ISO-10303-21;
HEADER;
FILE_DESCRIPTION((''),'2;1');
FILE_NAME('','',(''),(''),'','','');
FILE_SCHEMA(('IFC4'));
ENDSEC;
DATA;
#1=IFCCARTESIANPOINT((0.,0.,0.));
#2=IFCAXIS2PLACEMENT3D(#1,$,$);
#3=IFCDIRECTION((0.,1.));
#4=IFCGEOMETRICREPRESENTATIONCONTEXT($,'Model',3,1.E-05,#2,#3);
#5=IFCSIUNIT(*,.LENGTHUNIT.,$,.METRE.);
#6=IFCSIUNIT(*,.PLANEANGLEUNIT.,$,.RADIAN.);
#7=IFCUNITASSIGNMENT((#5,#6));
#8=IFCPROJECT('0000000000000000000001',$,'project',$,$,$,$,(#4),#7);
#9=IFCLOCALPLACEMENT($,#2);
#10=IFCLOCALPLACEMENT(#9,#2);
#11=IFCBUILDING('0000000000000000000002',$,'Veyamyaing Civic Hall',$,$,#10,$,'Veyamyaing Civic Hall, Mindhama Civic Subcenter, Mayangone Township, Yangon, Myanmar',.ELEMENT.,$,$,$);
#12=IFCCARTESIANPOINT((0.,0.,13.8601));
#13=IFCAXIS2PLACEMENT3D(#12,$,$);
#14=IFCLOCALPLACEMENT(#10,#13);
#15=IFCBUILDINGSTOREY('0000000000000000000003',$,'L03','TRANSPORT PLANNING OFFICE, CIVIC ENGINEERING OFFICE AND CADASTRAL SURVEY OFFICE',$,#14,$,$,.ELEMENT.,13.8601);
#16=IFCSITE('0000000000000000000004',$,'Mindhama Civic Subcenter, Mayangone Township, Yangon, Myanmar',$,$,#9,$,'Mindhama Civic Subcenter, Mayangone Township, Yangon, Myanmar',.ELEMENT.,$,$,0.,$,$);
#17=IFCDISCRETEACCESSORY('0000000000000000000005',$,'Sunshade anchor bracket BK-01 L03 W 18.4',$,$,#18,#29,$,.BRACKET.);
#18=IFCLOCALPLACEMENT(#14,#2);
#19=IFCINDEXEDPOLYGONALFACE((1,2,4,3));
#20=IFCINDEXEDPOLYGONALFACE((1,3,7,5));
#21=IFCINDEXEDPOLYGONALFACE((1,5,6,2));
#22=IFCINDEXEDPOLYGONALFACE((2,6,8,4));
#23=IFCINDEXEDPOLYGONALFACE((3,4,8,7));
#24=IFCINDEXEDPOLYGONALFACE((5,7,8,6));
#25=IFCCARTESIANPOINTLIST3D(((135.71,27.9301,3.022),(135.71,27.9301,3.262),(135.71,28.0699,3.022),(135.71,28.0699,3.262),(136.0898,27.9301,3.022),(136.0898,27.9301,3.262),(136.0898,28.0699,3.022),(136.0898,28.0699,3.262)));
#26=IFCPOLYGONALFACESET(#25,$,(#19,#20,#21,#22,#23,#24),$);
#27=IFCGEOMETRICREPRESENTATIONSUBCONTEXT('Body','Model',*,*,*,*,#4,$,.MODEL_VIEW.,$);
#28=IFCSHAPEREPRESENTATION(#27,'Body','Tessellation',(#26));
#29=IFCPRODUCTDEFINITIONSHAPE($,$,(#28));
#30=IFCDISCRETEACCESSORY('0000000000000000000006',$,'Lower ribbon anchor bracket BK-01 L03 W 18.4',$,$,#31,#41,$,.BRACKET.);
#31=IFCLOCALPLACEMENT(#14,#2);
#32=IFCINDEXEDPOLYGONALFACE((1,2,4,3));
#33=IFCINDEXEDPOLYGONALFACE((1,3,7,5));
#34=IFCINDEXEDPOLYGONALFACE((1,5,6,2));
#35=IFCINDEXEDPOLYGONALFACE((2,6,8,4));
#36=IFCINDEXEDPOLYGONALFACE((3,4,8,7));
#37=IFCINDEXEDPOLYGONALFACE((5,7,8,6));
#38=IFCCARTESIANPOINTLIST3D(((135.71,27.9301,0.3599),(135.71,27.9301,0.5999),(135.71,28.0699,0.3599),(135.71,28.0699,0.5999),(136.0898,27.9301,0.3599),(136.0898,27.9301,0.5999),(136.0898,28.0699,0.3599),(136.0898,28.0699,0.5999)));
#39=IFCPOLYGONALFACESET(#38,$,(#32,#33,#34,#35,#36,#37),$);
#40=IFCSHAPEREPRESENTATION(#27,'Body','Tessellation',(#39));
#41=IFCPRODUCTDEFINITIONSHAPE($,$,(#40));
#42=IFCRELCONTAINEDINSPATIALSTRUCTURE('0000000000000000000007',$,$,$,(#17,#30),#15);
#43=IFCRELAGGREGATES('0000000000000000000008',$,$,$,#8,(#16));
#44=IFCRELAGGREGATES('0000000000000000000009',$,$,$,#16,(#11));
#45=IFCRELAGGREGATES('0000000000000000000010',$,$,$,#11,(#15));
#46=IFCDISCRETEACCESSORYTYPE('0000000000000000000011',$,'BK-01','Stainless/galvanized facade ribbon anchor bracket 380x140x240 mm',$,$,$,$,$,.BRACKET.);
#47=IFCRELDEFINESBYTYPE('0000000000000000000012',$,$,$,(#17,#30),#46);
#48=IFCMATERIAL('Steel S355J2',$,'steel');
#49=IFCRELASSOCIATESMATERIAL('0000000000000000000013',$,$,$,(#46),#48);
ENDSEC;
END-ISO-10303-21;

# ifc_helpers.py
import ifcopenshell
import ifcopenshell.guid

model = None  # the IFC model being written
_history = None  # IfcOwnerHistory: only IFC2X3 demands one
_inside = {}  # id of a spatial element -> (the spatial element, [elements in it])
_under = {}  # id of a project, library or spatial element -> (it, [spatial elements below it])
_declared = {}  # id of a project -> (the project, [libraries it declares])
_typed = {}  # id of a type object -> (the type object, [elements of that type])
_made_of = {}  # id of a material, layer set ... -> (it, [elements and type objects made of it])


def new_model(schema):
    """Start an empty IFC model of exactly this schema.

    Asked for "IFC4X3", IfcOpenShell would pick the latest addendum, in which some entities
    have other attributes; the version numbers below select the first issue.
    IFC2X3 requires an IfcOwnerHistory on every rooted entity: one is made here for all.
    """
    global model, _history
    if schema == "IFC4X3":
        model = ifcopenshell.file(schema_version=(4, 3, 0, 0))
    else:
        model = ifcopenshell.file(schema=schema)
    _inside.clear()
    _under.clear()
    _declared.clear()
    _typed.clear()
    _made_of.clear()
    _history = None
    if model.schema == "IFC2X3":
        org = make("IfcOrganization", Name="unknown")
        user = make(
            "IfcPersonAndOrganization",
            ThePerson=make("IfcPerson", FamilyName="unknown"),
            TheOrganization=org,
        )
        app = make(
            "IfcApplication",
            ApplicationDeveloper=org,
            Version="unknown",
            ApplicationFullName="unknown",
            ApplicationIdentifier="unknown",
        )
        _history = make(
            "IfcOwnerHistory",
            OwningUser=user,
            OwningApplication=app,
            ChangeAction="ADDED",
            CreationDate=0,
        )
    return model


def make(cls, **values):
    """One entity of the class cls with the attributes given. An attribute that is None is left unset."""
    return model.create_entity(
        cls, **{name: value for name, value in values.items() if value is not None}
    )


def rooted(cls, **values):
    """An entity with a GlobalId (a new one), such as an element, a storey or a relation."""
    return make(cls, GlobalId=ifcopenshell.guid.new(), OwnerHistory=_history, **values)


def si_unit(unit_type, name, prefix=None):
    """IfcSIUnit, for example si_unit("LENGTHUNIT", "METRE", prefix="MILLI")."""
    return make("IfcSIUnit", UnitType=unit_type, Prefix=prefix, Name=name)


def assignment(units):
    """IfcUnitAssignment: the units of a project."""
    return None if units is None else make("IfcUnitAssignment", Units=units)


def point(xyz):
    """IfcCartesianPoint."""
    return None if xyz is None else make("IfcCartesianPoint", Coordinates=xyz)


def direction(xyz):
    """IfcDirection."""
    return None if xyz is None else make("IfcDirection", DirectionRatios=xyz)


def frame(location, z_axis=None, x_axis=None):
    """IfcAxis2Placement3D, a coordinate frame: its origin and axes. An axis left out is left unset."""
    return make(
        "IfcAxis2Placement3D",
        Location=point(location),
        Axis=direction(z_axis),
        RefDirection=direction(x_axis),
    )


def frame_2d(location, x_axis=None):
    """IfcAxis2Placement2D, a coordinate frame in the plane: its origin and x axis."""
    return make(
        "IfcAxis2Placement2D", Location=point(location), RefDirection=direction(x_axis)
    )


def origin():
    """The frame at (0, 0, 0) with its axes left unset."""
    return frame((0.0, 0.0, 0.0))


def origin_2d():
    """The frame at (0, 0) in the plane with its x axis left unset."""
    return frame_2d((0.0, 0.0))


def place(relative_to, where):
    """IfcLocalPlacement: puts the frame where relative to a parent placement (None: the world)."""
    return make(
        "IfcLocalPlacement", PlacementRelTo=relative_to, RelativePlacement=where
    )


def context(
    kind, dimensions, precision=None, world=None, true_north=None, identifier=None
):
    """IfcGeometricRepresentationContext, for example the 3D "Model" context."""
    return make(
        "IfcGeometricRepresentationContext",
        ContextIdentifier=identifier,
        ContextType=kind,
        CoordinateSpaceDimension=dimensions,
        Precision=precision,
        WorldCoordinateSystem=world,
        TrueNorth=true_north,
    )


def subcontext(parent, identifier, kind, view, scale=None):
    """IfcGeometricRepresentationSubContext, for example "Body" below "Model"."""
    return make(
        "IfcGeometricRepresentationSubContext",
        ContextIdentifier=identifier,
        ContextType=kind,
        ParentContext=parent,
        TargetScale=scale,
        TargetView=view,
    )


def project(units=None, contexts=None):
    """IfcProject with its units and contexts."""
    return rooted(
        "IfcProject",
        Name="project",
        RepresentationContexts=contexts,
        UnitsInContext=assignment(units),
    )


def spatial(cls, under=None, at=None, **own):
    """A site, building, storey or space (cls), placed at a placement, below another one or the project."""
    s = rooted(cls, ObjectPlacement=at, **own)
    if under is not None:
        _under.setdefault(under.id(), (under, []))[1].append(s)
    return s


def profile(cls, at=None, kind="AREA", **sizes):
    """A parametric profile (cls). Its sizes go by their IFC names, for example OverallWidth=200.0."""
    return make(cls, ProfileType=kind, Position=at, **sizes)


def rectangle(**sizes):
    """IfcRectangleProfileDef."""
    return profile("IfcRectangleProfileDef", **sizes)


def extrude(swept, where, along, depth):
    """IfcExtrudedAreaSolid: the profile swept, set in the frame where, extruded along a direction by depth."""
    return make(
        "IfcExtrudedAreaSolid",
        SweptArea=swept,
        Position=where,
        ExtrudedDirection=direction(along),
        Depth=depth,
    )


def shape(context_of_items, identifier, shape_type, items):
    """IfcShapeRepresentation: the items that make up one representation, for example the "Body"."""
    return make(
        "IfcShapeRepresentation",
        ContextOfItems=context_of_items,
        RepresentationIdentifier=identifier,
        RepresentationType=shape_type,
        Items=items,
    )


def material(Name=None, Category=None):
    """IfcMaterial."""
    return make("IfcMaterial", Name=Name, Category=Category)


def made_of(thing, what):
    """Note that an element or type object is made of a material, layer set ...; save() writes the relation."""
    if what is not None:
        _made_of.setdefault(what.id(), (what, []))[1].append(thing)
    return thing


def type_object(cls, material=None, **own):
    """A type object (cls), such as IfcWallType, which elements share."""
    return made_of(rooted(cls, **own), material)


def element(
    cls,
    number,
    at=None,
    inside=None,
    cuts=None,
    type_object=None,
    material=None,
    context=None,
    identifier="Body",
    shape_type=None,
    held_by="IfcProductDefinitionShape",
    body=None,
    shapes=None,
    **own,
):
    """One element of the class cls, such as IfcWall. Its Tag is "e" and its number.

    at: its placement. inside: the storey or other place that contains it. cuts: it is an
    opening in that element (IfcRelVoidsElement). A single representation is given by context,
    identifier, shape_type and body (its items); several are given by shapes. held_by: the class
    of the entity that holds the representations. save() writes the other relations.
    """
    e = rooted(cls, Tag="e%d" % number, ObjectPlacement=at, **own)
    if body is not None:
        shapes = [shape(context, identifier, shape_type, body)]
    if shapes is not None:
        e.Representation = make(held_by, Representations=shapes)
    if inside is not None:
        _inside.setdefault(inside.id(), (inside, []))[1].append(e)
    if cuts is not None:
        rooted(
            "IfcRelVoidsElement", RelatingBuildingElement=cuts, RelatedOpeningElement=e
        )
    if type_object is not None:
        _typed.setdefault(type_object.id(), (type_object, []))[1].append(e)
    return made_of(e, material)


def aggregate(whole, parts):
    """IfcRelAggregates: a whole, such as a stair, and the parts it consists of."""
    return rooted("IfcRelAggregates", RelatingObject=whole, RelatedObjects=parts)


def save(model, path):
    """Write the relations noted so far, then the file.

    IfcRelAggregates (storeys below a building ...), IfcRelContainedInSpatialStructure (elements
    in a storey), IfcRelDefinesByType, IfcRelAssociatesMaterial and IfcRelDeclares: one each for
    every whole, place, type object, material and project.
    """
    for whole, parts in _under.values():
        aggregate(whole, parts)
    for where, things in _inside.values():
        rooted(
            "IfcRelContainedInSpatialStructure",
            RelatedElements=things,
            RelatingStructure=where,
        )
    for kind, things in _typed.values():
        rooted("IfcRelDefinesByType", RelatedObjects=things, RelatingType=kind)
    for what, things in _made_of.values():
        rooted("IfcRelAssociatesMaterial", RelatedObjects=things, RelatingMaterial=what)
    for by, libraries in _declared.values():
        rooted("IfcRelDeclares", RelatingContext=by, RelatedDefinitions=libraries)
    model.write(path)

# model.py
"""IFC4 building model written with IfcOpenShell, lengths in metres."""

from ifc_helpers import new_model, si_unit, direction, frame, origin, origin_2d, place, context, subcontext, project, spatial, rectangle, extrude, material, type_object, element, save


model = new_model("IFC4")

# Units and contexts
model_context = context("Model", 3, precision=1e-05, world=origin(), true_north=direction((0.0, 1.0)))
body_context = subcontext(model_context, "Body", "Model", "MODEL_VIEW")
ifc_project = project(units=[si_unit("LENGTHUNIT", "METRE"), si_unit("PLANEANGLEUNIT", "RADIAN")], contexts=[model_context])

# Site, building, storey
site_placement = place(None, origin())
site = spatial("IfcSite", under=ifc_project, at=site_placement, Name="Mindhama Civic Subcenter, Mayangone Township, Yangon, Myanmar", LongName="Mindhama Civic Subcenter, Mayangone Township, Yangon, Myanmar", CompositionType="ELEMENT", RefElevation=0.0)
building_placement = place(site_placement, origin())
building = spatial("IfcBuilding", under=site, at=building_placement, Name="Veyamyaing Civic Hall", LongName="Veyamyaing Civic Hall, Mindhama Civic Subcenter, Mayangone Township, Yangon, Myanmar", CompositionType="ELEMENT")
storey_placement = place(building_placement, frame((0.0, 0.0, 13.8601)))
storey = spatial("IfcBuildingStorey", under=building, at=storey_placement, Name="L03", Description="TRANSPORT PLANNING OFFICE, CIVIC ENGINEERING OFFICE AND CADASTRAL SURVEY OFFICE", CompositionType="ELEMENT", Elevation=13.8601)

# Discrete accessories
ifc_material_1 = material(Name="Steel S355J2", Category="steel")
discrete_accessory_type = type_object("IfcDiscreteAccessoryType", Name="BK-01", Description="Stainless/galvanized facade ribbon anchor bracket 380x140x240 mm", PredefinedType="BRACKET", material=ifc_material_1)
for number, where, z_axis, x_axis, name in (
    (1, (135.8999, 28.0, 3.022), (0.0, 0.0, 1.0), (-1.0, 0.0, 0.0), "Sunshade anchor bracket BK-01 L03 W 18.4"),
    (2, (135.8999, 28.0, 0.3599), (0.0, 0.0, 1.0), (-1.0, 0.0, 0.0), "Lower ribbon anchor bracket BK-01 L03 W 18.4"),
):
    element("IfcDiscreteAccessory", number, at=place(storey_placement, frame(where, z_axis=z_axis, x_axis=x_axis)), inside=storey, type_object=discrete_accessory_type, Name=name, PredefinedType="BRACKET", context=body_context, shape_type="SweptSolid", body=[
        extrude(rectangle(XDim=0.3799, YDim=0.1399, at=origin_2d()), origin(), (0.0, 0.0, 1.0), 0.24),
    ])

save(model, "model.ifc")
